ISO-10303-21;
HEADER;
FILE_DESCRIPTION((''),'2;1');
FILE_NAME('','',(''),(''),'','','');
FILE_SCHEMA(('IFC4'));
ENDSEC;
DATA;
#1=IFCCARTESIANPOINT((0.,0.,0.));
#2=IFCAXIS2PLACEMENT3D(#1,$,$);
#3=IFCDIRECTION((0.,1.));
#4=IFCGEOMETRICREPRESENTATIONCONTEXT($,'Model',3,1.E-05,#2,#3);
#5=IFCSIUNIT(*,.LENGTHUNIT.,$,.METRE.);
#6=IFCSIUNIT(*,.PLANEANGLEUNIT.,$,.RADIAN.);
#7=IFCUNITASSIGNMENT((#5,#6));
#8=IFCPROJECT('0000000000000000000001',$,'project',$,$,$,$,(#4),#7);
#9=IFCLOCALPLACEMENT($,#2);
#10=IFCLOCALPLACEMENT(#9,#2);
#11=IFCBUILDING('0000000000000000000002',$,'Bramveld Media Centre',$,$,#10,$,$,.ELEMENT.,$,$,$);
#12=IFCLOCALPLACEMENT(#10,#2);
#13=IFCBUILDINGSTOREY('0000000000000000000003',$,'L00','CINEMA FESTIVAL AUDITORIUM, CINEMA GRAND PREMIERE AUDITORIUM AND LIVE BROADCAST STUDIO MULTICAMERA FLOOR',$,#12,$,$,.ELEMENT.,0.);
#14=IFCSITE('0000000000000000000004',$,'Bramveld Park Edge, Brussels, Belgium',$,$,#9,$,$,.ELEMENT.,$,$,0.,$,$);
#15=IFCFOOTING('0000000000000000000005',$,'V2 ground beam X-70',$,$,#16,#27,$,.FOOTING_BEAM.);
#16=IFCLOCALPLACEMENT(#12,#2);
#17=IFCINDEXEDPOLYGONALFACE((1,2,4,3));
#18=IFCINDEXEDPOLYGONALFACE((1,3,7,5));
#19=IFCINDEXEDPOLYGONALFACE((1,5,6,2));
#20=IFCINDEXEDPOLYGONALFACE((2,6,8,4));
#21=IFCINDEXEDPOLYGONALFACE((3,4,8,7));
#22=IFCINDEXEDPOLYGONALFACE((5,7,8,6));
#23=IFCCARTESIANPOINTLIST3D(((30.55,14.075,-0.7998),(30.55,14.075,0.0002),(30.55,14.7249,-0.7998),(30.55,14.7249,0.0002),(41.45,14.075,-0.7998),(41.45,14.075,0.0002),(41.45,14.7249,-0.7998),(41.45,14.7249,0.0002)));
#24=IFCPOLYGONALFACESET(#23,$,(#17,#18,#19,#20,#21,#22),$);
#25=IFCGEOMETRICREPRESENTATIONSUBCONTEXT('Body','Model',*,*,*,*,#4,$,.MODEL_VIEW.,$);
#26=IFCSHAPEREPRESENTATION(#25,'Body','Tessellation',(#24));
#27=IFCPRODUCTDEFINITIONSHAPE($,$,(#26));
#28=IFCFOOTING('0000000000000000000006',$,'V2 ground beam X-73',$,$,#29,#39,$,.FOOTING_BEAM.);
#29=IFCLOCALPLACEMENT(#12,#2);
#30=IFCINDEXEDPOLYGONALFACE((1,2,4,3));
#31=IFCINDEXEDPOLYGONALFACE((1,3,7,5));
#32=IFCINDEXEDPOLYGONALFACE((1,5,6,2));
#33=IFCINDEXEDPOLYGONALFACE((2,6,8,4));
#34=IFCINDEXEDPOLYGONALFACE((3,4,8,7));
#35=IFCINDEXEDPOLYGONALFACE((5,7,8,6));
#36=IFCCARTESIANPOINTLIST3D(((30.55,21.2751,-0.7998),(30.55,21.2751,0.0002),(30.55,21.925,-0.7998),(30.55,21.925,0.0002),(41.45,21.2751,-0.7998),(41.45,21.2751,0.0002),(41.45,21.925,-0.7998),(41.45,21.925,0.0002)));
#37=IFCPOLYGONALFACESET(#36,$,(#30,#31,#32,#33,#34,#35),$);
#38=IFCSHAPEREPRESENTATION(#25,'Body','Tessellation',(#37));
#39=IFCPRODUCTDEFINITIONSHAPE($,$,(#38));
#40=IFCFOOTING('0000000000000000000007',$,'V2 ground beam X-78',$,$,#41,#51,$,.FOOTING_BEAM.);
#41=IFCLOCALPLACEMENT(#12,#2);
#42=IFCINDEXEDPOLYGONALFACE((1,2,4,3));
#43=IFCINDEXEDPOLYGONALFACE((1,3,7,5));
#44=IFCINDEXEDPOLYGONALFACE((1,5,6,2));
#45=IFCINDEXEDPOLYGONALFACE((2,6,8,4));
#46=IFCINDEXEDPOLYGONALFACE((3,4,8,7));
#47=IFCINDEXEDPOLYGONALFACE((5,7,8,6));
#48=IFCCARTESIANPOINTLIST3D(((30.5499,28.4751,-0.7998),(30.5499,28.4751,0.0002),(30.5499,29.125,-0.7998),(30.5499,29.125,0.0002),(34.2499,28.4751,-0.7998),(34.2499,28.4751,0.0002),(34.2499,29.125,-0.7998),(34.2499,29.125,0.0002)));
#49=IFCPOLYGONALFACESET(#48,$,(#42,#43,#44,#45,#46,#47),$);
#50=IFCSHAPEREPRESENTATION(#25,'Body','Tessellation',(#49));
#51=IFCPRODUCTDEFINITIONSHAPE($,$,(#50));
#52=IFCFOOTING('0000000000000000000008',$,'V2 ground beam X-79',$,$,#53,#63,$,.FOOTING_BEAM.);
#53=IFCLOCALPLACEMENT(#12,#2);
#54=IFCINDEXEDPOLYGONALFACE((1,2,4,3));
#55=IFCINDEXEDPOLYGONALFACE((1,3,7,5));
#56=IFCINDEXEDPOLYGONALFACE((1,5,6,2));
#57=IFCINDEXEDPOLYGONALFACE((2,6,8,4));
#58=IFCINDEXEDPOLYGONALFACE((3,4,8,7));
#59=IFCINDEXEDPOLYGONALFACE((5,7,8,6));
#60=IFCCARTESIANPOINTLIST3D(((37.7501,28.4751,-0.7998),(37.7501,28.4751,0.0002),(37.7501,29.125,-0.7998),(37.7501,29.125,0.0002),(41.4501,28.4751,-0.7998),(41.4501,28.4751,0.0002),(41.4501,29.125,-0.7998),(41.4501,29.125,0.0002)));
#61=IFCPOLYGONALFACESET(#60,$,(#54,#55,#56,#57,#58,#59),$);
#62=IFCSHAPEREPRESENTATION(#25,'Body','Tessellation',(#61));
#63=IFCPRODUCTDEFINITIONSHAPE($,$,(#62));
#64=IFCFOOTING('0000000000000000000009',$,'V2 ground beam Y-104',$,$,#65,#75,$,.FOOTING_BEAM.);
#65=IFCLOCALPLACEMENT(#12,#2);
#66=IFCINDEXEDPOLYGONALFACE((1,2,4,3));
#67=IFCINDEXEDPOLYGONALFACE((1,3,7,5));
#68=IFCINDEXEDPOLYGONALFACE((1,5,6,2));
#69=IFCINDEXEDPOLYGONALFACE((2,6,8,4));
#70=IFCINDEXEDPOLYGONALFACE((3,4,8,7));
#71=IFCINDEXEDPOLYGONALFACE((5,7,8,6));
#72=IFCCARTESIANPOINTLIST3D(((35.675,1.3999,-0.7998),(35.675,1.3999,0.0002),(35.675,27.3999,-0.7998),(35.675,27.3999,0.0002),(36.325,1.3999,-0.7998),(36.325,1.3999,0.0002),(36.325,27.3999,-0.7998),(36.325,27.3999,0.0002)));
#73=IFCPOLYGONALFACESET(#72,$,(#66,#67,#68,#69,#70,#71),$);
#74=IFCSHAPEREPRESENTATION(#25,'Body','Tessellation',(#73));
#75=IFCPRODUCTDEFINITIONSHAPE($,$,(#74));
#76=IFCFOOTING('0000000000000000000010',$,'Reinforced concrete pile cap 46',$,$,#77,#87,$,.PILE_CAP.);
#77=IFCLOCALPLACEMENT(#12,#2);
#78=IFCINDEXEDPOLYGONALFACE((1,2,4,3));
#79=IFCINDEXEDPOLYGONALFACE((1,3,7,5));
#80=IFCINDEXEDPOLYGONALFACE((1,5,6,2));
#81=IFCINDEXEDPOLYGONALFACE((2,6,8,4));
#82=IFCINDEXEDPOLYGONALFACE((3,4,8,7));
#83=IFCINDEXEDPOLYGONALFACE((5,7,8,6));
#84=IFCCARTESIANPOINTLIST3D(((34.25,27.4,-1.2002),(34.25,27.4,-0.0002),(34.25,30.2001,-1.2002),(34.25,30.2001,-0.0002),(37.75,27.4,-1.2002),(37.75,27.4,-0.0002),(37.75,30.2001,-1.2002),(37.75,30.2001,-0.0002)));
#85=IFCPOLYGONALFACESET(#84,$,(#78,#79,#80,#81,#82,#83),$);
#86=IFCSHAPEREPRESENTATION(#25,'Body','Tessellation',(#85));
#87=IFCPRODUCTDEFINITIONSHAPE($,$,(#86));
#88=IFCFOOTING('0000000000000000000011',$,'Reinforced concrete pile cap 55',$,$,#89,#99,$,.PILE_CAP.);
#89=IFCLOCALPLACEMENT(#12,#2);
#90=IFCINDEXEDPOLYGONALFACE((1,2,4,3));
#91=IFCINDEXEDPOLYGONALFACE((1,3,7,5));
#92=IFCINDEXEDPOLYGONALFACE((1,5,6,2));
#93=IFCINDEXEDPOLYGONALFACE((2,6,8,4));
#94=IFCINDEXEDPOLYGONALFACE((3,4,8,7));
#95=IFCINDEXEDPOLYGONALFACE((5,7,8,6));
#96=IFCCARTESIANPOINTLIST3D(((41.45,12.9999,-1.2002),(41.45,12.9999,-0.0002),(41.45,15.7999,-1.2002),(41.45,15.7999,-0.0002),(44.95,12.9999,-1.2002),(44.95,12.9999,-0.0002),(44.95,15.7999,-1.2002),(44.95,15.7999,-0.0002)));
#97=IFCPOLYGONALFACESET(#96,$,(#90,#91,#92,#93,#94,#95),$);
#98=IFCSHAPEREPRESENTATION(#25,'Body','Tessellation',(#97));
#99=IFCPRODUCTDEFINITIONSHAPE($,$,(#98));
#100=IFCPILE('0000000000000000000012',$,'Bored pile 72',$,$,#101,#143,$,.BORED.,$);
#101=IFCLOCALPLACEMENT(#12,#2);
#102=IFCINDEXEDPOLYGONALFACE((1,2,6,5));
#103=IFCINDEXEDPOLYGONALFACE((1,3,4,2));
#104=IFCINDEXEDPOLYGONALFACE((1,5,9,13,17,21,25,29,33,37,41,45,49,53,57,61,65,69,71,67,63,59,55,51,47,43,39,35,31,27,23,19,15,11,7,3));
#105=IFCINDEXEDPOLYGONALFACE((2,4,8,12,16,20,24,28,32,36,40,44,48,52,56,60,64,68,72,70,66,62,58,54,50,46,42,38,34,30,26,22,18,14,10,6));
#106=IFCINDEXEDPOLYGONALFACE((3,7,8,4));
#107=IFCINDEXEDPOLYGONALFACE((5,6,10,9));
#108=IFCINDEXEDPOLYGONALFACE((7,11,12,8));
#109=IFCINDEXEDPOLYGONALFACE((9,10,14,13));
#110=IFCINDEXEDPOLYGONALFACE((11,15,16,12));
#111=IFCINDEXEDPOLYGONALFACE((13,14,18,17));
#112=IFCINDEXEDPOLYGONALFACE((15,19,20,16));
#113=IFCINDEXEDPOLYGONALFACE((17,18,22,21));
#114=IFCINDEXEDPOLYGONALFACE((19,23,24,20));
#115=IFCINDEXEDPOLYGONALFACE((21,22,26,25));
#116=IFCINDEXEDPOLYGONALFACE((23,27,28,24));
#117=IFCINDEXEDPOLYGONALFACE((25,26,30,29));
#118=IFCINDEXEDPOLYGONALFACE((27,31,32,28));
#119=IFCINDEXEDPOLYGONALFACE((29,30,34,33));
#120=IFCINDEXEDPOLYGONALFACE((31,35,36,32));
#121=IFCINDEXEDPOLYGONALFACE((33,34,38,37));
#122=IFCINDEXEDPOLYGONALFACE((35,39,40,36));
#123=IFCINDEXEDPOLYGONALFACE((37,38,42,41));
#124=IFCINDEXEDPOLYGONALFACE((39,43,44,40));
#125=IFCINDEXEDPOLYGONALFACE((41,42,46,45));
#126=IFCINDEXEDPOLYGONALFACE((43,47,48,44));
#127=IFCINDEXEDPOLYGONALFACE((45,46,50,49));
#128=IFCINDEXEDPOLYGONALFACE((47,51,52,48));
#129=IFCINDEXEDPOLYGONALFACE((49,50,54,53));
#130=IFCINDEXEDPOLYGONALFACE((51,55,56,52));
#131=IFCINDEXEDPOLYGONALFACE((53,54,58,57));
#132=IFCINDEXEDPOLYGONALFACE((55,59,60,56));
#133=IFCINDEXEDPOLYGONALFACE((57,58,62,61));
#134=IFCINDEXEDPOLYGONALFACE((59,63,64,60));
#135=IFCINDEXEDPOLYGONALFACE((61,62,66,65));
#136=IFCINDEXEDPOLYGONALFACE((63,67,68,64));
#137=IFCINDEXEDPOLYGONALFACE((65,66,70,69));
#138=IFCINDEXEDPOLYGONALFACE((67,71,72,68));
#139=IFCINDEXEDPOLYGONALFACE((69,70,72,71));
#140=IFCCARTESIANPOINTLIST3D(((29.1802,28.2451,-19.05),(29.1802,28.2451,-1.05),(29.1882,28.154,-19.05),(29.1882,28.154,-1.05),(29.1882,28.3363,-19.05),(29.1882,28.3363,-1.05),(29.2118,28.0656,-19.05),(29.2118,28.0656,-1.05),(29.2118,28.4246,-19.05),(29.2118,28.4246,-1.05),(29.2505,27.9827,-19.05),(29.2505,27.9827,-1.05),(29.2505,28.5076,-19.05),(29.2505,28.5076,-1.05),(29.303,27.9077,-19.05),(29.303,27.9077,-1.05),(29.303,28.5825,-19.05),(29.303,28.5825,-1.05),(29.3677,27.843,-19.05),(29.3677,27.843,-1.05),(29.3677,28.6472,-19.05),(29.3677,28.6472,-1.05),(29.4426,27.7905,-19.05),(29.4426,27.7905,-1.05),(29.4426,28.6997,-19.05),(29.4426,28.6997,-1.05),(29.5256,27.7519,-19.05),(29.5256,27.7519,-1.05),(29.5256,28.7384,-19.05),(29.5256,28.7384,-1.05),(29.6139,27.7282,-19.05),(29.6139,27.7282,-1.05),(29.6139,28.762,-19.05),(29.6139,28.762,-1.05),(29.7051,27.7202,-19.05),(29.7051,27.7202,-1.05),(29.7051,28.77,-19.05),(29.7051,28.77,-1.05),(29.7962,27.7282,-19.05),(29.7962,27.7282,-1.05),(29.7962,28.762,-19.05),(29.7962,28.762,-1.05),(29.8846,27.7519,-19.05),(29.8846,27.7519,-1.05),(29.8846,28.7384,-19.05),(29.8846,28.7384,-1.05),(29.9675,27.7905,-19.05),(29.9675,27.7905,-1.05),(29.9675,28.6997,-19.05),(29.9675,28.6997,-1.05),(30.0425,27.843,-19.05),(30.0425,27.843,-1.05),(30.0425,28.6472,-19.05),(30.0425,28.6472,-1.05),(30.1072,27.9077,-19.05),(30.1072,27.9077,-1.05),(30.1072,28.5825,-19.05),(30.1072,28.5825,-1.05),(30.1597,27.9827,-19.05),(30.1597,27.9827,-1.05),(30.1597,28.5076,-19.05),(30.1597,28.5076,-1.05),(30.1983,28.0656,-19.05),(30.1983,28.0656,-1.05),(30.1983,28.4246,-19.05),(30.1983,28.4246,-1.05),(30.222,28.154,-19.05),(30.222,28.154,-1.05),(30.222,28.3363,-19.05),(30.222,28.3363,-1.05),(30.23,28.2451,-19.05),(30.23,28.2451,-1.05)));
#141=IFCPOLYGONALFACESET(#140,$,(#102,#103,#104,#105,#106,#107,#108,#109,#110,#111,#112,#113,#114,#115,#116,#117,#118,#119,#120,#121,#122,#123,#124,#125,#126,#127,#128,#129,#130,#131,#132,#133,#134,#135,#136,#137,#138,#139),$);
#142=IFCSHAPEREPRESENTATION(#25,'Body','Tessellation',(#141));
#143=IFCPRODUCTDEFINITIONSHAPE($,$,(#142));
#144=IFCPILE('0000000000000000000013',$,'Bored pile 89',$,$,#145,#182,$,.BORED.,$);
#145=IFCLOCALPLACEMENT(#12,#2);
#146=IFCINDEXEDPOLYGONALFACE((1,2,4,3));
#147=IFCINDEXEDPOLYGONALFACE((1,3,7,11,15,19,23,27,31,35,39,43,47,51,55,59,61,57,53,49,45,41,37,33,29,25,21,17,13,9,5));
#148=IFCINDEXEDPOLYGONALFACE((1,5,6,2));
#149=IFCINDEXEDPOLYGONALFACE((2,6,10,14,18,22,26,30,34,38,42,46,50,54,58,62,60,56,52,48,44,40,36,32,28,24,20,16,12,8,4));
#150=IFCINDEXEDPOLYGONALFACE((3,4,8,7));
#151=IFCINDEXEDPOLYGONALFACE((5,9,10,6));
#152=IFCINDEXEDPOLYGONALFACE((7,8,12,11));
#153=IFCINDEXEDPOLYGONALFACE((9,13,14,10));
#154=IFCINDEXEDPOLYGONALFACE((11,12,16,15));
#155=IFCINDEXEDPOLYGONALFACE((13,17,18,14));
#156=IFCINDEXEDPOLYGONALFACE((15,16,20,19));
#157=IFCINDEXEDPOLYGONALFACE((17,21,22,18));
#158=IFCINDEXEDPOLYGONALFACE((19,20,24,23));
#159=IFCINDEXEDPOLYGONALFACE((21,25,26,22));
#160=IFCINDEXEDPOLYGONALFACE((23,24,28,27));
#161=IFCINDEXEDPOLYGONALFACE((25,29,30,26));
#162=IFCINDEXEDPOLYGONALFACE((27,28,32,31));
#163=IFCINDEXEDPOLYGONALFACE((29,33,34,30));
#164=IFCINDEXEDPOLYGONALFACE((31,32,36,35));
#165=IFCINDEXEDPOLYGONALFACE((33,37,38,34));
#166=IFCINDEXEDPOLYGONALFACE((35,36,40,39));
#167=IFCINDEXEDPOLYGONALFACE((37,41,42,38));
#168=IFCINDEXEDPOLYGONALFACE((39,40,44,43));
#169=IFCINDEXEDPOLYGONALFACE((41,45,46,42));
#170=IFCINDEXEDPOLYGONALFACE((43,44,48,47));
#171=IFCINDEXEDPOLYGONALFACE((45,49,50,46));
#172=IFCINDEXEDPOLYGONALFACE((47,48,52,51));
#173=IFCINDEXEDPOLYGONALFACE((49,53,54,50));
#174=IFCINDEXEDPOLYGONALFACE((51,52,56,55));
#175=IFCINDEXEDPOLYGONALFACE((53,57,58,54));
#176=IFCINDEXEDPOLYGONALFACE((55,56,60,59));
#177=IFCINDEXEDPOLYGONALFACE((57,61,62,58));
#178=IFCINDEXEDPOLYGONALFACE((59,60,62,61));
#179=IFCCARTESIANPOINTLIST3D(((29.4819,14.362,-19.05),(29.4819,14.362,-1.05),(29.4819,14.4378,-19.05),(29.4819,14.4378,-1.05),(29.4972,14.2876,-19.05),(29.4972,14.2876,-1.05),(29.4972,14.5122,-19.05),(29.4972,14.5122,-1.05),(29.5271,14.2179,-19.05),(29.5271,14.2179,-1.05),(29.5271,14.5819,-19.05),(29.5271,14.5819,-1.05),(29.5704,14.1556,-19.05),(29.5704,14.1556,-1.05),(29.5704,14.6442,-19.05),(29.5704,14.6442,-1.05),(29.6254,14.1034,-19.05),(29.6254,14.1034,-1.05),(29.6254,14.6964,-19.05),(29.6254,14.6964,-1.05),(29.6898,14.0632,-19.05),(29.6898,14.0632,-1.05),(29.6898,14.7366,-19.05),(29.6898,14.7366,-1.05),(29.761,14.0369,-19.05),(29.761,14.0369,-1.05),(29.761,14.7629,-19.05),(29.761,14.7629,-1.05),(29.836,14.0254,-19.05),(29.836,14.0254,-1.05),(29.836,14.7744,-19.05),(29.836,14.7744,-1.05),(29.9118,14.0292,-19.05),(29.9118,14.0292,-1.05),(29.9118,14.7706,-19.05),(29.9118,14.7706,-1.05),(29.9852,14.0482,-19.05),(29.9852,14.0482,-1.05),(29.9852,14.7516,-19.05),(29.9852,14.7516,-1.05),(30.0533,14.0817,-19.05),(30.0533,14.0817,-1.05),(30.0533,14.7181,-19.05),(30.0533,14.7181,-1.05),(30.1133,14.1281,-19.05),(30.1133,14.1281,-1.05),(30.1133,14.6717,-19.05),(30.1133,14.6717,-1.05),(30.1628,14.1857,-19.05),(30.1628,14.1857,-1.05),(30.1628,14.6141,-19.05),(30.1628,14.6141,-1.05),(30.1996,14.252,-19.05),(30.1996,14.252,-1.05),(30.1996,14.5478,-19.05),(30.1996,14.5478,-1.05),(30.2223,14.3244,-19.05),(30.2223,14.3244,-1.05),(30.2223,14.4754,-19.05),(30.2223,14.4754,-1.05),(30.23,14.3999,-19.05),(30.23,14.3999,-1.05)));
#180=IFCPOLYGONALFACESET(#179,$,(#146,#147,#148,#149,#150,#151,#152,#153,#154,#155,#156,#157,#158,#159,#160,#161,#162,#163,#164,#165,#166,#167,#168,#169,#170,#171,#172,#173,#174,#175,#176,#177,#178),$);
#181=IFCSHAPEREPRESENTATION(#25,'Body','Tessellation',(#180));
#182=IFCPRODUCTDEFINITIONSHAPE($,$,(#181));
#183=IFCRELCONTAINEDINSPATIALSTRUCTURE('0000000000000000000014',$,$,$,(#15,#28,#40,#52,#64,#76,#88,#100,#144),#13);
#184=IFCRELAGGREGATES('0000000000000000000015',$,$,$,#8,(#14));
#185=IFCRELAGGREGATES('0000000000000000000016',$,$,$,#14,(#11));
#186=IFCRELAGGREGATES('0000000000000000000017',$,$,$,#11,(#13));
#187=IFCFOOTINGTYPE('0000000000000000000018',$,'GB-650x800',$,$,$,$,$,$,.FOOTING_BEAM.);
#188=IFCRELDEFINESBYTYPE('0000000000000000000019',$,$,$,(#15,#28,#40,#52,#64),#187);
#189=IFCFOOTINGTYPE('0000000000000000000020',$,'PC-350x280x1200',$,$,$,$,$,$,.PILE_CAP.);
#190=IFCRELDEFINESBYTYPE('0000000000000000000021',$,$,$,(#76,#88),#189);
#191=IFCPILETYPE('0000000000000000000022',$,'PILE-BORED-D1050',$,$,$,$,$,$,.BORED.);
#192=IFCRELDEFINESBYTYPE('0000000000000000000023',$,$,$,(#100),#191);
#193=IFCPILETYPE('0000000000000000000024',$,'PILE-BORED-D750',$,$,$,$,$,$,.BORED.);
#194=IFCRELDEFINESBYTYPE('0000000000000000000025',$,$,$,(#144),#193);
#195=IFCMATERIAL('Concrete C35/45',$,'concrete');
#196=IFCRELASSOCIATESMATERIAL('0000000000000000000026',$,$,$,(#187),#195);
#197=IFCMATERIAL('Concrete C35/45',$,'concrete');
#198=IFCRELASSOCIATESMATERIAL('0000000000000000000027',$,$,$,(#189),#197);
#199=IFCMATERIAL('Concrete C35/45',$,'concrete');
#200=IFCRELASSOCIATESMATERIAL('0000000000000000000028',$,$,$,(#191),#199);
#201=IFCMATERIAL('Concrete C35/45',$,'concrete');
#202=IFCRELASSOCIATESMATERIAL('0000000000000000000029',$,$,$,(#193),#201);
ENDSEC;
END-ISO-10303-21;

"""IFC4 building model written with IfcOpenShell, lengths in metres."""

from ifc_helpers import new_model, si_unit, direction, frame, origin, origin_2d, place, context, subcontext, project, spatial, rectangle, circle, extrude, material, material_profile, profile_set, type_object, element, save


model = new_model("IFC4")

# Units and contexts
model_context = context("Model", 3, precision=1e-05, world=origin(), true_north=direction((0.0, 1.0)))
body_context = subcontext(model_context, "Body", "Model", "MODEL_VIEW")
ifc_project = project(units=[si_unit("LENGTHUNIT", "METRE"), si_unit("PLANEANGLEUNIT", "RADIAN")], contexts=[model_context])

# Site, building, storey
site_placement = place(None, origin())
site = spatial("IfcSite", under=ifc_project, at=site_placement, Name="Bramveld Park Edge, Brussels, Belgium", CompositionType="ELEMENT", RefElevation=0.0)
building_placement = place(site_placement, origin())
building = spatial("IfcBuilding", under=site, at=building_placement, Name="Bramveld Media Centre", CompositionType="ELEMENT")
storey_placement = place(building_placement, origin())
storey = spatial("IfcBuildingStorey", under=building, at=storey_placement, Name="L00", Description="CINEMA FESTIVAL AUDITORIUM, CINEMA GRAND PREMIERE AUDITORIUM AND LIVE BROADCAST STUDIO MULTICAMERA FLOOR", CompositionType="ELEMENT", Elevation=0.0)

# Footings
ifc_material_1 = material(Name="Concrete C35/45", Category="concrete")
footing_type_1 = type_object("IfcFootingType", Name="GB-650x800", PredefinedType="FOOTING_BEAM", material=ifc_material_1)
for number, where, z_axis, x_axis, name in (
    (1, (36.0, 14.3999, -0.7998), (0.0, 0.0, 1.0), (1.0, 0.0, 0.0), "V2 ground beam X-70"),
    (2, (36.0, 21.6001, -0.7998), (0.0, 0.0, 1.0), (1.0, 0.0, 0.0), "V2 ground beam X-73"),
):
    element("IfcFooting", number, at=place(storey_placement, frame(where, z_axis=z_axis, x_axis=x_axis)), inside=storey, type_object=footing_type_1, Name=name, PredefinedType="FOOTING_BEAM", context=body_context, shape_type="SweptSolid", body=[
        extrude(rectangle(XDim=10.8999, YDim=0.6499, at=origin_2d()), origin(), (0.0, 0.0, 1.0), 0.8),
    ])
for number, where, z_axis, x_axis, name in (
    (3, (32.3999, 28.8, -0.7998), (0.0, 0.0, 1.0), (1.0, 0.0, 0.0), "V2 ground beam X-78"),
    (4, (39.6001, 28.8, -0.7998), (0.0, 0.0, 1.0), (1.0, 0.0, 0.0), "V2 ground beam X-79"),
):
    element("IfcFooting", number, at=place(storey_placement, frame(where, z_axis=z_axis, x_axis=x_axis)), inside=storey, type_object=footing_type_1, Name=name, PredefinedType="FOOTING_BEAM", context=body_context, shape_type="SweptSolid", body=[
        extrude(rectangle(XDim=3.7, YDim=0.6499, at=origin_2d()), origin(), (0.0, 0.0, 1.0), 0.8),
    ])
footing_placement = place(storey_placement, frame((36.0, 14.3999, -0.7998), z_axis=(0.0, 0.0, 1.0), x_axis=(1.0, 0.0, 0.0)))
element("IfcFooting", 5, at=footing_placement, inside=storey, type_object=footing_type_1, Name="V2 ground beam Y-104", PredefinedType="FOOTING_BEAM", context=body_context, shape_type="SweptSolid", body=[
    extrude(rectangle(XDim=0.6499, YDim=26.0, at=origin_2d()), origin(), (0.0, 0.0, 1.0), 0.8),
])
ifc_material_2 = material(Name="Concrete C35/45", Category="concrete")
footing_type_2 = type_object("IfcFootingType", Name="PC-350x280x1200", PredefinedType="PILE_CAP", material=ifc_material_2)
for number, where, z_axis, x_axis, name in (
    (6, (36.0, 28.8, -1.2002), (0.0, 0.0, 1.0), (1.0, 0.0, 0.0), "Reinforced concrete pile cap 46"),
    (7, (43.2, 14.3999, -1.2002), (0.0, 0.0, 1.0), (1.0, 0.0, 0.0), "Reinforced concrete pile cap 55"),
):
    element("IfcFooting", number, at=place(storey_placement, frame(where, z_axis=z_axis, x_axis=x_axis)), inside=storey, type_object=footing_type_2, Name=name, PredefinedType="PILE_CAP", context=body_context, shape_type="SweptSolid", body=[
        extrude(rectangle(XDim=3.5, YDim=2.8, at=origin_2d()), origin(), (0.0, 0.0, 1.0), 1.2),
    ])

# Piles
ifc_material_3 = material(Name="Concrete C35/45", Category="concrete")
ifc_material_profile_1 = material_profile(ifc_material_3, circle(Radius=0.5249, at=origin_2d()), Name="BORED D1050")
ifc_profile_set_1 = profile_set([ifc_material_profile_1], Name="Concrete C35/45")
pile_type_1 = type_object("IfcPileType", Name="PILE-BORED-D1050", PredefinedType="BORED", material=ifc_profile_set_1)
pile_placement = place(storey_placement, frame((29.7051, 28.2451, -1.05), z_axis=(0.0, 0.0, -1.0), x_axis=(1.0, 0.0, 0.0)))
element("IfcPile", 8, at=pile_placement, inside=storey, type_object=pile_type_1, Name="Bored pile 72", PredefinedType="BORED", context=body_context, shape_type="SweptSolid", body=[
    extrude(circle(Radius=0.5249, at=origin_2d()), origin(), (0.0, 0.0, 1.0), 18.0),
])
ifc_material_4 = material(Name="Concrete C35/45", Category="concrete")
ifc_material_profile_2 = material_profile(ifc_material_4, circle(Radius=0.375, at=origin_2d()), Name="BORED D750")
ifc_profile_set_2 = profile_set([ifc_material_profile_2], Name="Concrete C35/45")
pile_type_2 = type_object("IfcPileType", Name="PILE-BORED-D750", PredefinedType="BORED", material=ifc_profile_set_2)
for number, where, z_axis, x_axis, name in (
    (9, (29.855, 14.3999, -1.05), (0.0, 0.0, -1.0), (1.0, 0.0, 0.0), "Bored pile 89"),
):
    element("IfcPile", number, at=place(storey_placement, frame(where, z_axis=z_axis, x_axis=x_axis)), inside=storey, type_object=pile_type_2, Name=name, PredefinedType="BORED", context=body_context, shape_type="SweptSolid", body=[
        extrude(circle(Radius=0.375, at=origin_2d()), origin(), (0.0, 0.0, 1.0), 18.0),
    ])

save(model, "model.ifc")
